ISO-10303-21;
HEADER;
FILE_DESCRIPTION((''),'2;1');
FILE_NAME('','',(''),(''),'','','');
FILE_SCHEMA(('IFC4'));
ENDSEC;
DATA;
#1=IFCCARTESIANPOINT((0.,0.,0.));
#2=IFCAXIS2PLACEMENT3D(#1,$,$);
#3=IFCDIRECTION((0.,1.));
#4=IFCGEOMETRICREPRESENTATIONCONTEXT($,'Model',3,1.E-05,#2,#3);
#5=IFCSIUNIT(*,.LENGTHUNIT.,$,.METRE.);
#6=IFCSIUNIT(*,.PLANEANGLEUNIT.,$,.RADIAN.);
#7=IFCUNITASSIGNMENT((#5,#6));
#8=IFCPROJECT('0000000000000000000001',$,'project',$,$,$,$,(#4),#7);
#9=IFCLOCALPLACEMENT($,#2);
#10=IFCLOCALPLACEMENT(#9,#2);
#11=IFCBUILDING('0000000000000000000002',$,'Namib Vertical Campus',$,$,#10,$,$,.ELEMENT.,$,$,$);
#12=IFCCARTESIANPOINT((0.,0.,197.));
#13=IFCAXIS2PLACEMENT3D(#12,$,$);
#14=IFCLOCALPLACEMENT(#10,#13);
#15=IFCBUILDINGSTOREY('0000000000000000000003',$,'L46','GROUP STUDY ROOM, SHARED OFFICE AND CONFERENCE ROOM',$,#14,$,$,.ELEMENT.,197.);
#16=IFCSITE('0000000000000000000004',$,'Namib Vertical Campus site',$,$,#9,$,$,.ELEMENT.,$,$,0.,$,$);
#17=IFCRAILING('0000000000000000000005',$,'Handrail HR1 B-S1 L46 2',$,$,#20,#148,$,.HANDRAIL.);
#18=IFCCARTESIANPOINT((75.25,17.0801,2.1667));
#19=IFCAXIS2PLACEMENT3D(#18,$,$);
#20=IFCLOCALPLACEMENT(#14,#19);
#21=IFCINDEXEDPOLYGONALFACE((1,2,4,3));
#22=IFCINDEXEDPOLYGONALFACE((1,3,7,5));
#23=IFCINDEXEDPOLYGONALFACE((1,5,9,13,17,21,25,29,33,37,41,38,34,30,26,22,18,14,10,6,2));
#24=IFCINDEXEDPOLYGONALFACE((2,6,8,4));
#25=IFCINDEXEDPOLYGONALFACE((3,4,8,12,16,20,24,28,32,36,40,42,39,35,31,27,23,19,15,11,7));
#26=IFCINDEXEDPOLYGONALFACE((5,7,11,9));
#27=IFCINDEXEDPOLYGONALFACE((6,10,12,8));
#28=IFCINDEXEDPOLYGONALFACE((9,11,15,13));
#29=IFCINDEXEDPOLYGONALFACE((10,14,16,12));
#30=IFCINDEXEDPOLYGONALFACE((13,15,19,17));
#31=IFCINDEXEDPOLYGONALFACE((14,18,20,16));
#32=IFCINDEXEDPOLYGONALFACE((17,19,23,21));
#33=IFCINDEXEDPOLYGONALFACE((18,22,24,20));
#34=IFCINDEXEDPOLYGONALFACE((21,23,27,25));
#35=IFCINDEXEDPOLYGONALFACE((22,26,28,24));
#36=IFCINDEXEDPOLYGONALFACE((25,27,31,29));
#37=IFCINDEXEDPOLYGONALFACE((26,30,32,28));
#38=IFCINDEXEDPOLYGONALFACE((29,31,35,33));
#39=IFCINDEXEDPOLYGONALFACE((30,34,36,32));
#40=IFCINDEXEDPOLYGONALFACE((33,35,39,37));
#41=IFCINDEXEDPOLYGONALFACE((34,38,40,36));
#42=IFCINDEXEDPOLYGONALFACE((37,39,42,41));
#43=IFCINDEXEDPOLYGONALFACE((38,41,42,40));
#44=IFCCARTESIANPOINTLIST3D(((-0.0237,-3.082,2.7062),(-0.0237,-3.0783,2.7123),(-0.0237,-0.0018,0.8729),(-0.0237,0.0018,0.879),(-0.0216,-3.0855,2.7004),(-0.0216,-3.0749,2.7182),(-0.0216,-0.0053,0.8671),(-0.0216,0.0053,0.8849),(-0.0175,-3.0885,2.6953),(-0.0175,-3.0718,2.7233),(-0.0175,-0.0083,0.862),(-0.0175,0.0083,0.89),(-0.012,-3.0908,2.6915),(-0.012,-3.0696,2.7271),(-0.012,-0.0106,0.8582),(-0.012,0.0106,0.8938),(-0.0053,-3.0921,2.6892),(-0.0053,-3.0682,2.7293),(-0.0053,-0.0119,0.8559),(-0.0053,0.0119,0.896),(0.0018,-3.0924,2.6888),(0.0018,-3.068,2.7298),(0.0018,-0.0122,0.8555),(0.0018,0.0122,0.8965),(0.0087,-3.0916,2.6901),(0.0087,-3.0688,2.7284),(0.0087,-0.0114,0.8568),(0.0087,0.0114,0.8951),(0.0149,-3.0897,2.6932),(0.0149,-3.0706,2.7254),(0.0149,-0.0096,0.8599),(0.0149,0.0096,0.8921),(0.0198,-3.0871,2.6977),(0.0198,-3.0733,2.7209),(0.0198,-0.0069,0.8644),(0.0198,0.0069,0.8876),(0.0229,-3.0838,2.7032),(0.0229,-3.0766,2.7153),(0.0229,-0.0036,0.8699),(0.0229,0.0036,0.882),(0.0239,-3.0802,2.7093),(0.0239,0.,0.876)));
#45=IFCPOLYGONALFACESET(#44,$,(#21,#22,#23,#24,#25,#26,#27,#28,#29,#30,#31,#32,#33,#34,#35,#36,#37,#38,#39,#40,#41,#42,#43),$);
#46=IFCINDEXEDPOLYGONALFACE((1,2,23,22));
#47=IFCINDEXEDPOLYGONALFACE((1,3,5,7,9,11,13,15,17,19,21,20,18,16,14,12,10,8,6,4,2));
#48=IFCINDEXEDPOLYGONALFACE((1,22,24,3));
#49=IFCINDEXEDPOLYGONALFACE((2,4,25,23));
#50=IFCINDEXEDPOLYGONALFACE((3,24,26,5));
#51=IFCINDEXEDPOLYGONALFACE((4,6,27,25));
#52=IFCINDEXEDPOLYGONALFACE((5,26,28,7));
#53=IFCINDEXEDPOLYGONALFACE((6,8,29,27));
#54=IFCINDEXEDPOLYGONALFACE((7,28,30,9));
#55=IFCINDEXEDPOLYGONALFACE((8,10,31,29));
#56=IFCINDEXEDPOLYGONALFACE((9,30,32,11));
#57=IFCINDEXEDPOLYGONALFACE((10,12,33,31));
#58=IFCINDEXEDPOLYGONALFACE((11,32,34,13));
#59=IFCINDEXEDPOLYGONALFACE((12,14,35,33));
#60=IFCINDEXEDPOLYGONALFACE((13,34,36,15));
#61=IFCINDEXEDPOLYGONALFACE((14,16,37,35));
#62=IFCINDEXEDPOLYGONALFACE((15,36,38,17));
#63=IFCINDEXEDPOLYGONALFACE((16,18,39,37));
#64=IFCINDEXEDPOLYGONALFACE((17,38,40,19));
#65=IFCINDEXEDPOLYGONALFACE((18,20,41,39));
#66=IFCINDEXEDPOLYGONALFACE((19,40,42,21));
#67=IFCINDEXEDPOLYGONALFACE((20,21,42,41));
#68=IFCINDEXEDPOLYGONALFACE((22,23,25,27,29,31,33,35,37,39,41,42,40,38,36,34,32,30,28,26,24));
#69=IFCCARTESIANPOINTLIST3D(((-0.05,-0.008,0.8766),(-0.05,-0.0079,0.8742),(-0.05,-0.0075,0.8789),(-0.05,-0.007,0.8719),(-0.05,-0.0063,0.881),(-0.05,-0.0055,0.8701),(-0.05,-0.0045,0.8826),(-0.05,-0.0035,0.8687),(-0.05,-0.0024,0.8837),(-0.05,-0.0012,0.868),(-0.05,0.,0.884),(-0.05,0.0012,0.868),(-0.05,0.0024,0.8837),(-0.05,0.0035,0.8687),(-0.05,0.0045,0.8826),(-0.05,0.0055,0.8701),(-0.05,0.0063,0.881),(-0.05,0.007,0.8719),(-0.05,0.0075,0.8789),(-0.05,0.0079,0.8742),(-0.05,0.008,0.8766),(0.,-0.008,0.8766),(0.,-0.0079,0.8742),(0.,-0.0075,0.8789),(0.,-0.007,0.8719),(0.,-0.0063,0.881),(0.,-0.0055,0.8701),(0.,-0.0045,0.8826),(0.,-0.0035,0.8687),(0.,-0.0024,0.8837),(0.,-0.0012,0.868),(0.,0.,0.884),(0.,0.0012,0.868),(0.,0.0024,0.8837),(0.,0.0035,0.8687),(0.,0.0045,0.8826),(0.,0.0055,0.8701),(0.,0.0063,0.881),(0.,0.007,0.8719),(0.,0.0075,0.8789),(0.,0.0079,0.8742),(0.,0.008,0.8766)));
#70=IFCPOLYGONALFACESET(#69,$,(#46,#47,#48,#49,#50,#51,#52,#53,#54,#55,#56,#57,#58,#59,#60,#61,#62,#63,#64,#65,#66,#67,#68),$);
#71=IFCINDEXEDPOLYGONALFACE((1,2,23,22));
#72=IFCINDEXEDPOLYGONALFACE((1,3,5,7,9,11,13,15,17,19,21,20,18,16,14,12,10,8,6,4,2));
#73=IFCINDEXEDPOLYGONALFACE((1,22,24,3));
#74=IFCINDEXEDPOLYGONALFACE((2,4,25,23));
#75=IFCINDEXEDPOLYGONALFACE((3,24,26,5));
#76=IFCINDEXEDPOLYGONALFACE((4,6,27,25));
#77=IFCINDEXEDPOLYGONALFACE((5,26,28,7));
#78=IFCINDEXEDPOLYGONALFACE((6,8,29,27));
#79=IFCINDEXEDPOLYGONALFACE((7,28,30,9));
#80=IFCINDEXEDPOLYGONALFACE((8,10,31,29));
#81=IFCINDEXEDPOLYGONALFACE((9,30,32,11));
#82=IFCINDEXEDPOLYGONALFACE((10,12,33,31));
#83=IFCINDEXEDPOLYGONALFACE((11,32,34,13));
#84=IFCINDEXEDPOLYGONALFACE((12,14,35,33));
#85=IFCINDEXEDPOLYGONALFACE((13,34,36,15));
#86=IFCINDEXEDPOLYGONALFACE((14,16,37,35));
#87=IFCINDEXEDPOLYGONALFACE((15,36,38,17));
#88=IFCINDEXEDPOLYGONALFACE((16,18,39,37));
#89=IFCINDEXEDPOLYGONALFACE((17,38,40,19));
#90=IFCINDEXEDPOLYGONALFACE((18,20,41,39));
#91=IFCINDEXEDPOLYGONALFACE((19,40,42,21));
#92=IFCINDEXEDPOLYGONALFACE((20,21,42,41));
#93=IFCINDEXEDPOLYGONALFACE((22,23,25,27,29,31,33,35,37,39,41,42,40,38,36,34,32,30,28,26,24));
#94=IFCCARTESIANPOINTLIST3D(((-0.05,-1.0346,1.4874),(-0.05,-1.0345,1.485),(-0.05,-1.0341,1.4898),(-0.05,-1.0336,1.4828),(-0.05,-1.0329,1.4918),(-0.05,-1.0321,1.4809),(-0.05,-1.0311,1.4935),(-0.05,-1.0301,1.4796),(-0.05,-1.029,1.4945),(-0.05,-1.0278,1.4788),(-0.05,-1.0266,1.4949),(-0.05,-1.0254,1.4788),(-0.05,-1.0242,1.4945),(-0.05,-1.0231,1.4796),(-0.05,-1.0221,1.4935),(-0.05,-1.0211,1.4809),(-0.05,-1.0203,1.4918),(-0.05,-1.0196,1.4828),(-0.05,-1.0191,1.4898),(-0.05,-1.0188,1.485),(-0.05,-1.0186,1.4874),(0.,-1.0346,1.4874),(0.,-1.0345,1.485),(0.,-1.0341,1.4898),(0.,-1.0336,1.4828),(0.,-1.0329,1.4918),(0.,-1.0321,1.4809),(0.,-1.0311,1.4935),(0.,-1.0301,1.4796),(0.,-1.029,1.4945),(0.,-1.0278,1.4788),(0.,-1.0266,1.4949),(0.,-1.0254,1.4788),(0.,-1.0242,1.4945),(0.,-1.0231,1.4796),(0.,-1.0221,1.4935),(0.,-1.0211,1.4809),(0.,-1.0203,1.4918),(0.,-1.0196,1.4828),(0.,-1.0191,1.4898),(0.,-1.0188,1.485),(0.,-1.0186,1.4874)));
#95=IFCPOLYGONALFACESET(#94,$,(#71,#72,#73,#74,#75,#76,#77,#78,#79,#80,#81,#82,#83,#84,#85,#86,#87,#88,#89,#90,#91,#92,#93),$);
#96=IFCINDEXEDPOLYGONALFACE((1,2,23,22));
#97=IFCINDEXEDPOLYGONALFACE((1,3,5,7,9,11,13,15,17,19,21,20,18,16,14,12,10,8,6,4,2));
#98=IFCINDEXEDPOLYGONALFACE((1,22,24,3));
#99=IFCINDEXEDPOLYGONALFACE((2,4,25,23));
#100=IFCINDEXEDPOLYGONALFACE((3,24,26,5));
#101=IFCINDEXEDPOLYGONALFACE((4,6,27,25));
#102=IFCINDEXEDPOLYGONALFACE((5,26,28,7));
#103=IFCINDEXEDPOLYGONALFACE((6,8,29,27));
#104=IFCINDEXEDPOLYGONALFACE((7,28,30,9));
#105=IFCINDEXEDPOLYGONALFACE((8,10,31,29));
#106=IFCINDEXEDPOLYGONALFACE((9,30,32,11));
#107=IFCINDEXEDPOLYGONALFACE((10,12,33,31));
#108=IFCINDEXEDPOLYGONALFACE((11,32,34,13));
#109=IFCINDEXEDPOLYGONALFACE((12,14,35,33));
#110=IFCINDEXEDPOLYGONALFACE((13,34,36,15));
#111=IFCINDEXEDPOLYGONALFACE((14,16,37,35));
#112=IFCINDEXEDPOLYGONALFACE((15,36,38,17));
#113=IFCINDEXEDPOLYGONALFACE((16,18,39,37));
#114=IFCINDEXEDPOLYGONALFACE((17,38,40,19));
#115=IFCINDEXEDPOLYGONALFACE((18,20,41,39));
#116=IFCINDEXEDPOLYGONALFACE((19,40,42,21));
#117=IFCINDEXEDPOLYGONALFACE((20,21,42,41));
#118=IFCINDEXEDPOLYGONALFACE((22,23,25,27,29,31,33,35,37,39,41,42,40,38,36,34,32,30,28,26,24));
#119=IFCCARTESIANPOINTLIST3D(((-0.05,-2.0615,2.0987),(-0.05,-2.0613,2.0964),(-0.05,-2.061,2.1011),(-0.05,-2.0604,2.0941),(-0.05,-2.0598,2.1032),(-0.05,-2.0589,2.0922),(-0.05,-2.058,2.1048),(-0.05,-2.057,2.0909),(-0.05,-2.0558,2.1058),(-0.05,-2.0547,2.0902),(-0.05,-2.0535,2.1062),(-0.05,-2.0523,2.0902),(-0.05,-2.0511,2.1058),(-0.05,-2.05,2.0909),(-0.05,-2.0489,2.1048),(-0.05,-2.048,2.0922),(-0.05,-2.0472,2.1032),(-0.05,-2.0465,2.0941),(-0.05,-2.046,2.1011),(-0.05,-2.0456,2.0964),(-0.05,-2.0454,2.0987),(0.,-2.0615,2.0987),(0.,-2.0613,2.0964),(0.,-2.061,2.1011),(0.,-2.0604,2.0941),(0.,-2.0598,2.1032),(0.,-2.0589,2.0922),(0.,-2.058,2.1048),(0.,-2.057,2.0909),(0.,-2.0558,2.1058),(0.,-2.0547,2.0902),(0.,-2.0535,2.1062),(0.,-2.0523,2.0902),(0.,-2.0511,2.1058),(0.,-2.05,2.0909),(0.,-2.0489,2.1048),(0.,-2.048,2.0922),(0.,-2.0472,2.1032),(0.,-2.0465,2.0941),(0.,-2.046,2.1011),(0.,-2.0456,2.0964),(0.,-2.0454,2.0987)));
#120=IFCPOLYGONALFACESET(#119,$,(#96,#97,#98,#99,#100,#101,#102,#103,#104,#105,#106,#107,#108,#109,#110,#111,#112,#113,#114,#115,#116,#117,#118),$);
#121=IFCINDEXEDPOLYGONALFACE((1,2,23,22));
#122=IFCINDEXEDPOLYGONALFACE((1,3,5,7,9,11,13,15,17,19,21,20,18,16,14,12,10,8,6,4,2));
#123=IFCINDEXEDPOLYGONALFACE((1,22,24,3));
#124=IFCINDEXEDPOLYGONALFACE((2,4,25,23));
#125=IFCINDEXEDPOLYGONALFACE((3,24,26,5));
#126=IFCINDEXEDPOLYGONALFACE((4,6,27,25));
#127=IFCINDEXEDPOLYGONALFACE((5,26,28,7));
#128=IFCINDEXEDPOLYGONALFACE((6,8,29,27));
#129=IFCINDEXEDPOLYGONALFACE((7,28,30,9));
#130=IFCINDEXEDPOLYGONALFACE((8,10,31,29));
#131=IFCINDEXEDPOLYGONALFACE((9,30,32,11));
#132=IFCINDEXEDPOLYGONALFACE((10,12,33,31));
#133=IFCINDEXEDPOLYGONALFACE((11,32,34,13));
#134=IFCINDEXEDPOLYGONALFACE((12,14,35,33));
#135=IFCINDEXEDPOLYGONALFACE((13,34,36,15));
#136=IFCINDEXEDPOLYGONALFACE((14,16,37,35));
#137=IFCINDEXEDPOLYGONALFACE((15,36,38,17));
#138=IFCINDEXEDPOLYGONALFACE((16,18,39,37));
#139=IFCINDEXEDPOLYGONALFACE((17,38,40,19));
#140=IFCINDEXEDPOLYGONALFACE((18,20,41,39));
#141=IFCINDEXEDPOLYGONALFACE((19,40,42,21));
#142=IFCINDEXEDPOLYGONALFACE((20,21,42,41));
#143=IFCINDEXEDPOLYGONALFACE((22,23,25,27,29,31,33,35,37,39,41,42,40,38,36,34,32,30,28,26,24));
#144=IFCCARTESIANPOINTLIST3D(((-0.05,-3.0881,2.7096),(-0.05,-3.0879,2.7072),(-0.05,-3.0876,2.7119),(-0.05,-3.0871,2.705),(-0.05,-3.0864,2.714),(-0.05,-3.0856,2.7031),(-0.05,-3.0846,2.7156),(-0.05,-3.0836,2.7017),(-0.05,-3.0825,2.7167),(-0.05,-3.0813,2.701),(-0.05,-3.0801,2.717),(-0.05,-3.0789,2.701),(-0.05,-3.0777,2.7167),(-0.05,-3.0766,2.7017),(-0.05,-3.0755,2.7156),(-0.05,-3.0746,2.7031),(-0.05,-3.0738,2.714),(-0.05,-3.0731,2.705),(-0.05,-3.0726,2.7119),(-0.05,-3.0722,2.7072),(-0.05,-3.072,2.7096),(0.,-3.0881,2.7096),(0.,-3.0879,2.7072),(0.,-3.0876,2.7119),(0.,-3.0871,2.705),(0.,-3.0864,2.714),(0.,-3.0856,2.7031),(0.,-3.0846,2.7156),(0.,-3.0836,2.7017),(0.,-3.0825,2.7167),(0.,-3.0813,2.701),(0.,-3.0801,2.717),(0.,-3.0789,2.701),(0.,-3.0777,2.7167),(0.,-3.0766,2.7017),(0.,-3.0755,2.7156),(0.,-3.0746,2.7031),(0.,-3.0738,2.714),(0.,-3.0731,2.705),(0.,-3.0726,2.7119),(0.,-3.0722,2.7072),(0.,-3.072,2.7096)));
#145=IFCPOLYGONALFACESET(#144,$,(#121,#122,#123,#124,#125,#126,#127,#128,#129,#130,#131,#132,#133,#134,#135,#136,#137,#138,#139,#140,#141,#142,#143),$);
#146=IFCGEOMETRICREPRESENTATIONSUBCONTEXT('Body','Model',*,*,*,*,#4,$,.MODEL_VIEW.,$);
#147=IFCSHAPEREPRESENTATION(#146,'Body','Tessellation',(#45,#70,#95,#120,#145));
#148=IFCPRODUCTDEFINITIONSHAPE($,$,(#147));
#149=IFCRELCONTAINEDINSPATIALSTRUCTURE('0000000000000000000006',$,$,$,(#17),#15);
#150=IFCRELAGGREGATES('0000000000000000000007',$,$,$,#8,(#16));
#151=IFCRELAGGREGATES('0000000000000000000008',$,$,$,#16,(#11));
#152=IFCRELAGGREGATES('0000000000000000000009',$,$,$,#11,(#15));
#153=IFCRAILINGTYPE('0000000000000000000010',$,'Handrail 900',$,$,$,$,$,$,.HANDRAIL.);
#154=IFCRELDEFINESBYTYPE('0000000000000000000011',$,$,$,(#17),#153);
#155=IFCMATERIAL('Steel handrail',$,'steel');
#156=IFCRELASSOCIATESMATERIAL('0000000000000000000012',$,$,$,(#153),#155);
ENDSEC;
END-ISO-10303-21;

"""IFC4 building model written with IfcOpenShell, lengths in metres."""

from ifc_helpers import new_model, si_unit, direction, frame, origin, origin_2d, place, context, subcontext, project, spatial, circle, extrude, material, type_object, element, save


model = new_model("IFC4")

# Units and contexts
model_context = context("Model", 3, precision=1e-05, world=origin(), true_north=direction((0.0, 1.0)))
body_context = subcontext(model_context, "Body", "Model", "MODEL_VIEW")
ifc_project = project(units=[si_unit("LENGTHUNIT", "METRE"), si_unit("PLANEANGLEUNIT", "RADIAN")], contexts=[model_context])

# Site, building, storey
site_placement = place(None, origin())
site = spatial("IfcSite", under=ifc_project, at=site_placement, Name="Namib Vertical Campus site", CompositionType="ELEMENT", RefElevation=0.0)
building_placement = place(site_placement, origin())
building = spatial("IfcBuilding", under=site, at=building_placement, Name="Namib Vertical Campus", CompositionType="ELEMENT")
storey_placement = place(building_placement, frame((0.0, 0.0, 197.0)))
storey = spatial("IfcBuildingStorey", under=building, at=storey_placement, Name="L46", Description="GROUP STUDY ROOM, SHARED OFFICE AND CONFERENCE ROOM", CompositionType="ELEMENT", Elevation=197.0)

# Railing
ifc_material_1 = material(Name="Steel handrail", Category="steel")
railing_type_1 = type_object("IfcRailingType", Name="Handrail 900", PredefinedType="HANDRAIL", material=ifc_material_1)
railing_1_placement = place(storey_placement, frame((75.25, 17.0801, 2.1667)))
element("IfcRailing", 1, at=railing_1_placement, inside=storey, type_object=railing_type_1, Name="Handrail HR1 B-S1 L46 2", PredefinedType="HANDRAIL", context=body_context, shape_type="SweptSolid", body=[
    extrude(circle(Radius=0.0239, at=origin_2d()), frame((0.0, 0.0, 0.876), z_axis=(0.0, -0.859309, 0.511458), x_axis=(1.0, 0.0, 0.0)), (0.0, 0.0, 1.0), 3.5845),
    extrude(circle(Radius=0.0081, at=origin_2d()), frame((0.0, 0.0, 0.876), z_axis=(-1.0, 0.0, 0.0), x_axis=(0.0, 0.0, 1.0)), (0.0, 0.0, 1.0), 0.05),
    extrude(circle(Radius=0.0081, at=origin_2d()), frame((0.0, -1.0266, 1.4868), z_axis=(-1.0, 0.0, 0.0), x_axis=(0.0, 0.0, 1.0)), (0.0, 0.0, 1.0), 0.05),
    extrude(circle(Radius=0.0081, at=origin_2d()), frame((0.0, -2.0535, 2.0981), z_axis=(-1.0, 0.0, 0.0), x_axis=(0.0, 0.0, 1.0)), (0.0, 0.0, 1.0), 0.05),
    extrude(circle(Radius=0.0081, at=origin_2d()), frame((0.0, -3.0801, 2.709), z_axis=(-1.0, 0.0, 0.0), x_axis=(0.0, 0.0, 1.0)), (0.0, 0.0, 1.0), 0.05),
])

save(model, "model.ifc")
